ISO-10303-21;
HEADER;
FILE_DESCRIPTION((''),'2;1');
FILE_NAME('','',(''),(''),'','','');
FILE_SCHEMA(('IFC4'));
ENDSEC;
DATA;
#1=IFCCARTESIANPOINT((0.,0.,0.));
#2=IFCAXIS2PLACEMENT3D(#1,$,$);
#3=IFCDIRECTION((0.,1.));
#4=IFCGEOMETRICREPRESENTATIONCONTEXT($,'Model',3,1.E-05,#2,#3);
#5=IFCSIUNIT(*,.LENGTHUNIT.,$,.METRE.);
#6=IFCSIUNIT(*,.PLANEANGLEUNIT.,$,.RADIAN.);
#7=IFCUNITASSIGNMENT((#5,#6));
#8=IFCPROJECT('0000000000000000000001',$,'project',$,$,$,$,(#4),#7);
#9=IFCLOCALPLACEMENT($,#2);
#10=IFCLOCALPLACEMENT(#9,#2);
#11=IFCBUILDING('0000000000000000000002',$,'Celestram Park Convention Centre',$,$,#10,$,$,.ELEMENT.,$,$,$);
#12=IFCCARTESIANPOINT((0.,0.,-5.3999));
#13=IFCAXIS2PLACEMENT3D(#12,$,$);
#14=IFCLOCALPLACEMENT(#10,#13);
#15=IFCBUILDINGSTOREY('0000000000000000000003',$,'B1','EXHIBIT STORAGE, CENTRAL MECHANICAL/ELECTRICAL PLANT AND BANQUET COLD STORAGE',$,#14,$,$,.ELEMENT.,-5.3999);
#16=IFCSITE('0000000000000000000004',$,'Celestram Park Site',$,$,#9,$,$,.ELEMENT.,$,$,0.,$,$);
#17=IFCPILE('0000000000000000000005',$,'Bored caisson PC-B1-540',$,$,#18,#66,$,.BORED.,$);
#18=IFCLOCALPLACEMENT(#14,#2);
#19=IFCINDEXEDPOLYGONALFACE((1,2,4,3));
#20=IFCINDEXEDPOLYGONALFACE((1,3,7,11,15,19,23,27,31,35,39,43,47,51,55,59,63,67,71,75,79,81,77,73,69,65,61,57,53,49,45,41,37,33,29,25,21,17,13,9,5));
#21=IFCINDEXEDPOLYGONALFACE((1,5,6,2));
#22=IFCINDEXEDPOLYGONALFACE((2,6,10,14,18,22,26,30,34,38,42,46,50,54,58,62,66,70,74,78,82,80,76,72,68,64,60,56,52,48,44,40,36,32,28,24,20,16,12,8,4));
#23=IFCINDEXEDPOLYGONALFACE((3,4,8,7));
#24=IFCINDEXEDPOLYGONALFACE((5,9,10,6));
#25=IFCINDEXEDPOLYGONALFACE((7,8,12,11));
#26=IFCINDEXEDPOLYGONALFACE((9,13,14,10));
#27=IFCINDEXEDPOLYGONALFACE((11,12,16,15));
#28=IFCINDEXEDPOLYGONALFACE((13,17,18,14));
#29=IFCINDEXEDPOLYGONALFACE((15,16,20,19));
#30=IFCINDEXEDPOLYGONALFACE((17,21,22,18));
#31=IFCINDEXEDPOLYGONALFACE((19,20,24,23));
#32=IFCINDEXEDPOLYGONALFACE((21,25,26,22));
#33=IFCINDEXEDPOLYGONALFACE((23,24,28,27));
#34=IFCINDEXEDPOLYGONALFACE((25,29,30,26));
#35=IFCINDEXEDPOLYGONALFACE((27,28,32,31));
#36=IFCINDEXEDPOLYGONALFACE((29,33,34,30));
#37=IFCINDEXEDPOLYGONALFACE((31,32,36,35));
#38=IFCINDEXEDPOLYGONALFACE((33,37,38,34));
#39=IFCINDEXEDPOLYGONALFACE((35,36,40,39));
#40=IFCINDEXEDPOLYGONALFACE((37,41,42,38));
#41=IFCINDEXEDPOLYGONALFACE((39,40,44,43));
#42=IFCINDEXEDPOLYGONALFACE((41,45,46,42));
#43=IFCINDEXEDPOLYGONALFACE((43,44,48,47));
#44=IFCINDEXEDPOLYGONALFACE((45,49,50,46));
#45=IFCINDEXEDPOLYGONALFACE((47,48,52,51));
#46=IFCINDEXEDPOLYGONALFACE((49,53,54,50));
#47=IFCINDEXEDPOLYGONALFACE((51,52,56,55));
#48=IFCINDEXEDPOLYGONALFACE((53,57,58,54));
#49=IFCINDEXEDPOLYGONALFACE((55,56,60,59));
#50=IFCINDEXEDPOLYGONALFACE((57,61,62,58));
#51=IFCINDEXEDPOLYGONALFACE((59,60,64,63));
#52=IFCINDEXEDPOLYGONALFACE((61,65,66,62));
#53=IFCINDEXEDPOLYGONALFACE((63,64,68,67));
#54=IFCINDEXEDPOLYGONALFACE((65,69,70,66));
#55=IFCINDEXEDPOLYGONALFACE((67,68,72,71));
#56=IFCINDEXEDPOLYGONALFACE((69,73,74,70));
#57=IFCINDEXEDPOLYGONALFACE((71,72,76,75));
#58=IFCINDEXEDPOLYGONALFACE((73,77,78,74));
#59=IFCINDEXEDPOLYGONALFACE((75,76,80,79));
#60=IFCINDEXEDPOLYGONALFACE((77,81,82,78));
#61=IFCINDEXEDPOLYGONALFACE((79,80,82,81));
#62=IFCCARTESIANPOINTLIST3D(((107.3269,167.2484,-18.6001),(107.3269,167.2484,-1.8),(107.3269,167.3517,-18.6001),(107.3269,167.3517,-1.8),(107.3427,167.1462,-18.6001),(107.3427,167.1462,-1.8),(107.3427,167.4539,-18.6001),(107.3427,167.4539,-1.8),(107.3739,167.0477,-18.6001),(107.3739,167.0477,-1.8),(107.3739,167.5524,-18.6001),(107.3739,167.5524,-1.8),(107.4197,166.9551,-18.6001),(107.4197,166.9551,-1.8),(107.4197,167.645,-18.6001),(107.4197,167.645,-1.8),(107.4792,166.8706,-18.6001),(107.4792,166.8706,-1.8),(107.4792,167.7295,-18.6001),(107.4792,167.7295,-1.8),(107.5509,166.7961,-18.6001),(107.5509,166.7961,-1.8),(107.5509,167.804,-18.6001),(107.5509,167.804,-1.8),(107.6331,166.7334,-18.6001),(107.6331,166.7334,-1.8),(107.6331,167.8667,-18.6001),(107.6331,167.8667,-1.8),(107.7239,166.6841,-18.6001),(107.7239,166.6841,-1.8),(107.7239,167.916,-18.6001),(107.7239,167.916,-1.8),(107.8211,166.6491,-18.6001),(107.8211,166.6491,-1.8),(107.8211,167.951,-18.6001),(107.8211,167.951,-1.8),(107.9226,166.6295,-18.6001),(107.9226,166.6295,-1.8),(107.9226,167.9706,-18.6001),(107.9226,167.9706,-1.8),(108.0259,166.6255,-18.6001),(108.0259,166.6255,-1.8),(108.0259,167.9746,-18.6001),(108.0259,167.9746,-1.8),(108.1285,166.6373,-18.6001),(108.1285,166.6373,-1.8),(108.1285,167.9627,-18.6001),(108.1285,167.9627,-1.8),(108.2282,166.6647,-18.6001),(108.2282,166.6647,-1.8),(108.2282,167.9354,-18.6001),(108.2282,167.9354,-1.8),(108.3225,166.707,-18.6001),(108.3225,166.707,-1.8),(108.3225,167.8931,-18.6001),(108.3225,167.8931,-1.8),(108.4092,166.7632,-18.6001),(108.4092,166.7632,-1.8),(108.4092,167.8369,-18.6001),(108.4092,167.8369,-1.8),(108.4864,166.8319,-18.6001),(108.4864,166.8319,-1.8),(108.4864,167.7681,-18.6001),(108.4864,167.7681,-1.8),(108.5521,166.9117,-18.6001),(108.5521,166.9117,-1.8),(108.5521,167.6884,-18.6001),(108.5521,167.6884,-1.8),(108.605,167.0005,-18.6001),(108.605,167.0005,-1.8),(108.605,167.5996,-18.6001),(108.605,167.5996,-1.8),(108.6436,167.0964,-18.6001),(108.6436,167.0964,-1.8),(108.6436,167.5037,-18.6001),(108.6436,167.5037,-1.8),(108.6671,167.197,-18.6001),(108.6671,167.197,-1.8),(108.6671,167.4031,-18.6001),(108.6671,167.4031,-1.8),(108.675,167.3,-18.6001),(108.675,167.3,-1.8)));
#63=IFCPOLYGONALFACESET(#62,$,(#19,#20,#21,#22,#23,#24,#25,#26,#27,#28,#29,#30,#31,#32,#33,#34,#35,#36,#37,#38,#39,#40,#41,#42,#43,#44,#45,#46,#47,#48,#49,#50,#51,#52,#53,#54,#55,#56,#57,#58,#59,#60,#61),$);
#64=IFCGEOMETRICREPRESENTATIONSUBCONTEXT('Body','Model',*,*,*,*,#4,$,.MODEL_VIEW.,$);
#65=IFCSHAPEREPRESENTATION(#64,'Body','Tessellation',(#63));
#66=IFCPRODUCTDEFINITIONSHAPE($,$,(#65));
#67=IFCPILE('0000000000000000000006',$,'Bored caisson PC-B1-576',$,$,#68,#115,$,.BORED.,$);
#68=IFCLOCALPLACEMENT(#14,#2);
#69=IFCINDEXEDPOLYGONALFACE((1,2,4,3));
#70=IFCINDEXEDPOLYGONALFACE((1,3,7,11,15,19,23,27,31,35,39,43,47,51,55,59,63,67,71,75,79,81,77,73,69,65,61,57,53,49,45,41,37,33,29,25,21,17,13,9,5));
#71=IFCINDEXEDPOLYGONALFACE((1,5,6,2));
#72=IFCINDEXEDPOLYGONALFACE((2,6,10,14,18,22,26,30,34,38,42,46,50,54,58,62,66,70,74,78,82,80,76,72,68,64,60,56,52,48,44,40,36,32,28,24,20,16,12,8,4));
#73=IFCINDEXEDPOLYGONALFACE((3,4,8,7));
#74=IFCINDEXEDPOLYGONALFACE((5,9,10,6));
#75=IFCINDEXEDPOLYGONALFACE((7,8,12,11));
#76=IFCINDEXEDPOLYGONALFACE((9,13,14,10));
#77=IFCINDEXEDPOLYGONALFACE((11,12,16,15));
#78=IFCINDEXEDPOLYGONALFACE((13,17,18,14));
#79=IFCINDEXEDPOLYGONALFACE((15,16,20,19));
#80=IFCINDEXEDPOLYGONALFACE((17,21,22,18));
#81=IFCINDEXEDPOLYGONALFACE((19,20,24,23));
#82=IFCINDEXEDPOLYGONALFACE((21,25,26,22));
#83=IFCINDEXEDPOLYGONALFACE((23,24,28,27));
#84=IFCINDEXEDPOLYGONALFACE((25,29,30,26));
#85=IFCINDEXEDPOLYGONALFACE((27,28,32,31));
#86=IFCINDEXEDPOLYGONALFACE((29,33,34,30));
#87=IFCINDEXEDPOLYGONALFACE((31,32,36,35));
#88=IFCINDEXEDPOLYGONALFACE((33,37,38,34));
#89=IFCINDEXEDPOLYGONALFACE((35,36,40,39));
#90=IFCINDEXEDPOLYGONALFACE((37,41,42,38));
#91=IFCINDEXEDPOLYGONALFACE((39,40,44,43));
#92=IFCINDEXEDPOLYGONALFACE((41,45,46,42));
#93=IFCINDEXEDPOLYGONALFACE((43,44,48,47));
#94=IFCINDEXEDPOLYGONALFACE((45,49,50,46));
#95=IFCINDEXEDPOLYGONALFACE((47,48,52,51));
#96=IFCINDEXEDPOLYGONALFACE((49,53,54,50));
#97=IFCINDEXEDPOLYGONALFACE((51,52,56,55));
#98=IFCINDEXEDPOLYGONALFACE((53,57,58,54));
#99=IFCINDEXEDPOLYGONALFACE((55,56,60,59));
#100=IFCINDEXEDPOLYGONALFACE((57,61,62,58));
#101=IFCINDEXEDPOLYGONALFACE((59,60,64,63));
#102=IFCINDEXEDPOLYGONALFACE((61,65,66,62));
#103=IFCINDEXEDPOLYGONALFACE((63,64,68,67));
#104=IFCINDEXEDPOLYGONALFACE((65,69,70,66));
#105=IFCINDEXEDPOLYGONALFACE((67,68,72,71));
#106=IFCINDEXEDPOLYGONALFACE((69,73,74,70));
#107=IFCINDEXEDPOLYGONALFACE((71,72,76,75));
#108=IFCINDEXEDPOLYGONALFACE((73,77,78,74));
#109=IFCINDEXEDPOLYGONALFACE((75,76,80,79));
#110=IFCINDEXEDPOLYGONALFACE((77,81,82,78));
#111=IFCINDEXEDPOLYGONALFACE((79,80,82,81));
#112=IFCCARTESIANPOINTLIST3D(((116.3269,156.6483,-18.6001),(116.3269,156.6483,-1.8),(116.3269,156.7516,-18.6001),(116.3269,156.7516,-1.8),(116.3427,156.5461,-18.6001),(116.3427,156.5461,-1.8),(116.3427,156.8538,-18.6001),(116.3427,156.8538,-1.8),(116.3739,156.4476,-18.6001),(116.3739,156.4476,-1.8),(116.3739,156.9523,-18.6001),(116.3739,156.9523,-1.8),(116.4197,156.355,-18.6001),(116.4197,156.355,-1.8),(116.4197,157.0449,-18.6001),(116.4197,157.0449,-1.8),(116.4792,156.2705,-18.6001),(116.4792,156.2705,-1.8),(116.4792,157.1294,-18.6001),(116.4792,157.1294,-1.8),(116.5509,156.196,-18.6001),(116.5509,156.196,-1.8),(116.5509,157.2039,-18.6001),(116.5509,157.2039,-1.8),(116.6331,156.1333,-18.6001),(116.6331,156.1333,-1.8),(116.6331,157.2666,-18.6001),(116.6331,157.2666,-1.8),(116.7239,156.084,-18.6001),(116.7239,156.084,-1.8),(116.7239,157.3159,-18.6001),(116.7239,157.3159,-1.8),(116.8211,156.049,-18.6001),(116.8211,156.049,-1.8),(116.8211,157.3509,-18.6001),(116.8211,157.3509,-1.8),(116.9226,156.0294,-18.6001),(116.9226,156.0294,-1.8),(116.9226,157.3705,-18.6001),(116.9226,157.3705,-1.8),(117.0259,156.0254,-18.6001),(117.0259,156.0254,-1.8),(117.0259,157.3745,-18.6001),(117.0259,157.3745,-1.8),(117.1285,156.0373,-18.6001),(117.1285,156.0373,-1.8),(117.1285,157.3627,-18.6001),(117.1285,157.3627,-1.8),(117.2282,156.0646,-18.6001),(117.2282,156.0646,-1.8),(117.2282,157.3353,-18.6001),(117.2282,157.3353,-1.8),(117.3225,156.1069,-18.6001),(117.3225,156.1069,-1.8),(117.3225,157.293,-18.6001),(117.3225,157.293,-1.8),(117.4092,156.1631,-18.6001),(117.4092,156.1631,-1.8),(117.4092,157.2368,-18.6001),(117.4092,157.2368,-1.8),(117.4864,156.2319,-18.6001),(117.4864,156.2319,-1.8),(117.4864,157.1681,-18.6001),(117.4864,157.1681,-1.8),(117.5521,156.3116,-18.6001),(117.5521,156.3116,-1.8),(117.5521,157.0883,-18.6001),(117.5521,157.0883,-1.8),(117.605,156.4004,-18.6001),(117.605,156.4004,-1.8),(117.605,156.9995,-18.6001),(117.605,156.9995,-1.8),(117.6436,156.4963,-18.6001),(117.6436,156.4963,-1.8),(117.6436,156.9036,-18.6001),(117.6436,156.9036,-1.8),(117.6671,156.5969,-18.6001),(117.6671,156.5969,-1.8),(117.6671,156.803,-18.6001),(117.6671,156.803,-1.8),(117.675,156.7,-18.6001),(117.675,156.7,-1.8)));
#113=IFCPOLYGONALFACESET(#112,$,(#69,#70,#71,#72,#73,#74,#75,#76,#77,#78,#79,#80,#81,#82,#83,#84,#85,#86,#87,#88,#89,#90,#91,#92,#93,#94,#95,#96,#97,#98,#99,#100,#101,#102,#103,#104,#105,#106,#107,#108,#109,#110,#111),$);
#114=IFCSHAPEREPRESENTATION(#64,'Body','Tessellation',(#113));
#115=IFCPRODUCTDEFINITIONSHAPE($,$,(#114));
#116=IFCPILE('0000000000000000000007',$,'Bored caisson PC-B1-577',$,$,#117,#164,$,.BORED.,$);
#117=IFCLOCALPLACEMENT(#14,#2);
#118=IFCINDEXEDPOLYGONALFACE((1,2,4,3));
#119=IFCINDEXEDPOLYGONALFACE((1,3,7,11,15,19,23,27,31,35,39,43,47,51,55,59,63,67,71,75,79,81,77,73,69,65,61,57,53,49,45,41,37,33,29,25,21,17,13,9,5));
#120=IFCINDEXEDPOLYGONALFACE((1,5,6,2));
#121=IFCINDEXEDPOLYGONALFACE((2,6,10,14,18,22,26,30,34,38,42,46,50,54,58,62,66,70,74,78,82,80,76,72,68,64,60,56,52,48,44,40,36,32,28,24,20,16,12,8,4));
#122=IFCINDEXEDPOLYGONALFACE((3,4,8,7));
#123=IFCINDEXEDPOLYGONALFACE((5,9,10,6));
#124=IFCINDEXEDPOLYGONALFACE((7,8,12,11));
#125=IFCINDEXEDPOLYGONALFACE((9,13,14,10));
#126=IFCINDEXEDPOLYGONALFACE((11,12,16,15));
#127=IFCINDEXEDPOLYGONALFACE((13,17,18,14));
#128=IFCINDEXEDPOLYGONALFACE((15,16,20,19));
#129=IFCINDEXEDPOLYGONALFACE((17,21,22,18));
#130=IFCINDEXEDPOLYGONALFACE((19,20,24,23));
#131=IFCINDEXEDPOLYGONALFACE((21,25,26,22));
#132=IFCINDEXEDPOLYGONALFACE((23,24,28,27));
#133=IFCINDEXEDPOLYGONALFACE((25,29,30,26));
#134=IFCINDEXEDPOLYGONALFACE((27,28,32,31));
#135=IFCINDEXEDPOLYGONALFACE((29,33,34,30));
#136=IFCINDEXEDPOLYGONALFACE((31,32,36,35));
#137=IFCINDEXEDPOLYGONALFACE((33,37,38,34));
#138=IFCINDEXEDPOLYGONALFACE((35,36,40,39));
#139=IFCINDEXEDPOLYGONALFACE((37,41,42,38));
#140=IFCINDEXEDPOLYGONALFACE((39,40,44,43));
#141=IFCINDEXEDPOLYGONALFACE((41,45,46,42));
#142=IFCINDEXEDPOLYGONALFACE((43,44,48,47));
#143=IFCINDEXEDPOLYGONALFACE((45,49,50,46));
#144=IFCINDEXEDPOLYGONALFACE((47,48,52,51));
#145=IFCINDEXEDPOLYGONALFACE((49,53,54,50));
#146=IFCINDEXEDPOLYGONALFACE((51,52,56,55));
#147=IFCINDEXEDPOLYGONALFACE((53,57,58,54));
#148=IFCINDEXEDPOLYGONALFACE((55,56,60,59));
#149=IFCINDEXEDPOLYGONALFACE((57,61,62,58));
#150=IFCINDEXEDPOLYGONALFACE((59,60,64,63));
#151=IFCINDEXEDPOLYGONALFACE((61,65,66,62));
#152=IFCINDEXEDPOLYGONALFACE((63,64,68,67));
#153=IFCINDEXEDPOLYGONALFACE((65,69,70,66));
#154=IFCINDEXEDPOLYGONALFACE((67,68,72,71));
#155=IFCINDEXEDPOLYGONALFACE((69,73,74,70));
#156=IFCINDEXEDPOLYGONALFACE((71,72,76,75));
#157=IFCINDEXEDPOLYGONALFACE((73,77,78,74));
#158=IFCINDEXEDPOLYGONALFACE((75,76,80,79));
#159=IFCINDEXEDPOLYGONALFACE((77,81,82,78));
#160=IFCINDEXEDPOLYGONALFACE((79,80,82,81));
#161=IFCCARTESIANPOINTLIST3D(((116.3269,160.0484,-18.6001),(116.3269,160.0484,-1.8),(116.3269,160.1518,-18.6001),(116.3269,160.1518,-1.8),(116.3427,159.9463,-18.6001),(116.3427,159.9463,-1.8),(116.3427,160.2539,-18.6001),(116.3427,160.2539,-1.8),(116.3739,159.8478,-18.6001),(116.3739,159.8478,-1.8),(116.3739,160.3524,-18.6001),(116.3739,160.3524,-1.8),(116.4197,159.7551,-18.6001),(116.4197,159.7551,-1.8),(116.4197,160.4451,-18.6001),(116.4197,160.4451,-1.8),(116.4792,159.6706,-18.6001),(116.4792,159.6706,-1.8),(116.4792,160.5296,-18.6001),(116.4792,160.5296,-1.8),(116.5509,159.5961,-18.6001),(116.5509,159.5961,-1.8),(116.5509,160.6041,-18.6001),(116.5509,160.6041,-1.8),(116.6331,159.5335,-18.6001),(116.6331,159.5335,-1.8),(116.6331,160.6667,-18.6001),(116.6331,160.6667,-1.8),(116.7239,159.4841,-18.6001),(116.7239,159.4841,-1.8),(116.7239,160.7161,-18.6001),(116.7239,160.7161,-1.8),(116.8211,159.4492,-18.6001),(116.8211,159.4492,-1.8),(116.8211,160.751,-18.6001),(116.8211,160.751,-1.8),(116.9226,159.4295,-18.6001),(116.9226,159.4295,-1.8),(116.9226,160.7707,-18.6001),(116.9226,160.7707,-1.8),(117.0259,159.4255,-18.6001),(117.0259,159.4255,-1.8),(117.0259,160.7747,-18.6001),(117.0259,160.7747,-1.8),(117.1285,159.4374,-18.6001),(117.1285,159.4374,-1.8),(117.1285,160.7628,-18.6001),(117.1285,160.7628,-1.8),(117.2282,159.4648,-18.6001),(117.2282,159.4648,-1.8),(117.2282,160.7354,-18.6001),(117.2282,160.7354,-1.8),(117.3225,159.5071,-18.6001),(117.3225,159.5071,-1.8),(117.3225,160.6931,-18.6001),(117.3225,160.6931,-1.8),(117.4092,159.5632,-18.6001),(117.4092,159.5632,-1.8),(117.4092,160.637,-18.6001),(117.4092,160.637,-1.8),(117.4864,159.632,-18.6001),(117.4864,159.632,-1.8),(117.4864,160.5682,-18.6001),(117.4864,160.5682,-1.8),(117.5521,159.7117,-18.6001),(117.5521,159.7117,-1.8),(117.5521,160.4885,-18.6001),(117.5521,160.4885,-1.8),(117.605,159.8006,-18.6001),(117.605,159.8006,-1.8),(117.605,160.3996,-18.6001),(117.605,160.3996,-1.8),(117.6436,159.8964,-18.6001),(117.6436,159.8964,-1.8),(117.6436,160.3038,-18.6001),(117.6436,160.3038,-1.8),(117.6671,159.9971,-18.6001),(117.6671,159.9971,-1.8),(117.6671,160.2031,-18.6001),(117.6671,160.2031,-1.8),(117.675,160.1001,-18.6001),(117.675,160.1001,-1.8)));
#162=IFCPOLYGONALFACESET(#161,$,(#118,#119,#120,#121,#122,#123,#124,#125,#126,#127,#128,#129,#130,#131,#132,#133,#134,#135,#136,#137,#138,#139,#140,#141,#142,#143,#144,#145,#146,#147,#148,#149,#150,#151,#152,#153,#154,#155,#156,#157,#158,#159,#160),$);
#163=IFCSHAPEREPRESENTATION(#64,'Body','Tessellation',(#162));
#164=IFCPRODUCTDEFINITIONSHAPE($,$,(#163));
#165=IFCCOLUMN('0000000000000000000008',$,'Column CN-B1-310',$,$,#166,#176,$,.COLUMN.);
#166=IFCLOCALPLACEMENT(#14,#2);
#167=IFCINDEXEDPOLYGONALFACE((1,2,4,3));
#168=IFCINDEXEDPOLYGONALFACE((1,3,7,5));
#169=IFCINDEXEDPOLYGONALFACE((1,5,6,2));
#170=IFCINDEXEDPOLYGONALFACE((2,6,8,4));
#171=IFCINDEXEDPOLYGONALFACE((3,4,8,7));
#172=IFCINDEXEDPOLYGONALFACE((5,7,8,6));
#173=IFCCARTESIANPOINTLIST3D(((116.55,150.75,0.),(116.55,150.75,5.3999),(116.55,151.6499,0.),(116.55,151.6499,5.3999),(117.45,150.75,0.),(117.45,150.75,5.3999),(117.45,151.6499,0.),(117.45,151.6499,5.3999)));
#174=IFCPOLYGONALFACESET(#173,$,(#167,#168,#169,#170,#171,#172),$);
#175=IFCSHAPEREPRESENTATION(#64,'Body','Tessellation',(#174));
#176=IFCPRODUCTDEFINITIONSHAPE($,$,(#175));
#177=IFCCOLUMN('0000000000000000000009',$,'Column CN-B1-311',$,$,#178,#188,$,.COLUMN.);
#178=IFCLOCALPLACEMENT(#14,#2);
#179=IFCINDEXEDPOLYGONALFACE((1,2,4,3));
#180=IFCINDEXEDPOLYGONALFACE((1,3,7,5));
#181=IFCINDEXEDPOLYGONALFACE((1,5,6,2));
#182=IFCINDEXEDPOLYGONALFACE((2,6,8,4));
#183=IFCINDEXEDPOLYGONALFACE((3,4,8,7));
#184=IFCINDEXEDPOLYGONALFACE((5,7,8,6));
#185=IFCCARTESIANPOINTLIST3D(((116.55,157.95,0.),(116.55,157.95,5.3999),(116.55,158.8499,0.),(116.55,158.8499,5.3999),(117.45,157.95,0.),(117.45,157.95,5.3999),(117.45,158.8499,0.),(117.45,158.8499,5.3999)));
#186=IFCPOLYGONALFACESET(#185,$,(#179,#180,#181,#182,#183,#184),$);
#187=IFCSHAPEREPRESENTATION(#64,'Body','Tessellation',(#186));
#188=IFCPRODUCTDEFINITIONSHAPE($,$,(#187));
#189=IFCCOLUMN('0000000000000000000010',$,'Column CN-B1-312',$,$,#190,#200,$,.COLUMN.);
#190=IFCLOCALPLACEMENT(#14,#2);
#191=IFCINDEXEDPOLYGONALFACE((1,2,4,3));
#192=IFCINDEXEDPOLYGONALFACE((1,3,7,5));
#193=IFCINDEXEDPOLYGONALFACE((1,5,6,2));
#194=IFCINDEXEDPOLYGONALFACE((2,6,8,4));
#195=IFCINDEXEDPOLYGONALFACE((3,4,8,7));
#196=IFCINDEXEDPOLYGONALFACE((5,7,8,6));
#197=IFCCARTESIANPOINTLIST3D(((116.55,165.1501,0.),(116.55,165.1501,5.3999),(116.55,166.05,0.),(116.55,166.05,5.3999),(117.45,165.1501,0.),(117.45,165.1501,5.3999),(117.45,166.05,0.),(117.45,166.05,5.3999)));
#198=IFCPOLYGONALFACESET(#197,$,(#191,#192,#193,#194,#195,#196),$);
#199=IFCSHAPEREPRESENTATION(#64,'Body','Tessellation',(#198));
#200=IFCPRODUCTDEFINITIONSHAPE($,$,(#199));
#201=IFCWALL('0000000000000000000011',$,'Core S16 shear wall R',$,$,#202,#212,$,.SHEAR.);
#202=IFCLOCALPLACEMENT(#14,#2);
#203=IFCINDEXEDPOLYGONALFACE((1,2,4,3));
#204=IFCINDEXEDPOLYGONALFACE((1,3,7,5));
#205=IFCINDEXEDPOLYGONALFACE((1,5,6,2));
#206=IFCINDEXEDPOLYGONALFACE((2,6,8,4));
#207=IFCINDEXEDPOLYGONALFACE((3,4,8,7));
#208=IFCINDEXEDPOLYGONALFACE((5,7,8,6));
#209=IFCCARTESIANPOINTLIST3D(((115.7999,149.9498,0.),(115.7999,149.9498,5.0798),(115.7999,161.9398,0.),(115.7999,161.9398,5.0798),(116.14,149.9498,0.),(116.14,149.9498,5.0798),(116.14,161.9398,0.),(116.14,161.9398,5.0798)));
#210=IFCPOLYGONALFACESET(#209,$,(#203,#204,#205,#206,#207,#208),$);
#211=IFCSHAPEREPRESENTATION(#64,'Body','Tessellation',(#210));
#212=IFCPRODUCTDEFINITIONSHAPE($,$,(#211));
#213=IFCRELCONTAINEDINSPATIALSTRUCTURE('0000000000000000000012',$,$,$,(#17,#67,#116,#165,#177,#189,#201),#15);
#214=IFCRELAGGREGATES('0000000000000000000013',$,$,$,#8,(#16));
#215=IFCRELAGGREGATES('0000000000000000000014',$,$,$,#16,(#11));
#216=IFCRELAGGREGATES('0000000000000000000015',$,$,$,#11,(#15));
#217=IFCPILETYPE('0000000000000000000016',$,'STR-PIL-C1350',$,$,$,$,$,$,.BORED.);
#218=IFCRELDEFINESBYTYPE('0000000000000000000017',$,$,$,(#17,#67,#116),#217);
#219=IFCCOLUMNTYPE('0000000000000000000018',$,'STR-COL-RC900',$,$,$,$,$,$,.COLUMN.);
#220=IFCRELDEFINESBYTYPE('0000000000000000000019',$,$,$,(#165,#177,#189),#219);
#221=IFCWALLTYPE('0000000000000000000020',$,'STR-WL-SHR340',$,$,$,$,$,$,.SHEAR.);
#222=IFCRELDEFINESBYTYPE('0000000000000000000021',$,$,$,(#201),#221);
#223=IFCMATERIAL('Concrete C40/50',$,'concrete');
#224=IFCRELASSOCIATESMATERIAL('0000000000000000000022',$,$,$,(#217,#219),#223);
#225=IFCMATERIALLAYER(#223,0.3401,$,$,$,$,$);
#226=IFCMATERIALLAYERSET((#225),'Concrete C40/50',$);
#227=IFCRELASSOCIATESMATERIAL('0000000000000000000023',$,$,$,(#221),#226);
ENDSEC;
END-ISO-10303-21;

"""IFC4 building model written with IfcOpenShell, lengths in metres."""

from ifc_helpers import new_model, si_unit, direction, frame, frame_2d, origin, origin_2d, place, context, subcontext, project, spatial, rectangle, circle, extrude, material, layer, layer_set, material_profile, profile_set, type_object, element, save


model = new_model("IFC4")

# Units and contexts
model_context = context("Model", 3, precision=1e-05, world=origin(), true_north=direction((0.0, 1.0)))
body_context = subcontext(model_context, "Body", "Model", "MODEL_VIEW")
ifc_project = project(units=[si_unit("LENGTHUNIT", "METRE"), si_unit("PLANEANGLEUNIT", "RADIAN")], contexts=[model_context])

# Site, building, storey
site_placement = place(None, origin())
site = spatial("IfcSite", under=ifc_project, at=site_placement, Name="Celestram Park Site", CompositionType="ELEMENT", RefElevation=0.0)
building_placement = place(site_placement, origin())
building = spatial("IfcBuilding", under=site, at=building_placement, Name="Celestram Park Convention Centre", CompositionType="ELEMENT")
storey_placement = place(building_placement, frame((0.0, 0.0, -5.3999)))
storey = spatial("IfcBuildingStorey", under=building, at=storey_placement, Name="B1", Description="EXHIBIT STORAGE, CENTRAL MECHANICAL/ELECTRICAL PLANT AND BANQUET COLD STORAGE", CompositionType="ELEMENT", Elevation=-5.3999)

# Shared definitions
ifc_material_1 = material(Name="Concrete C40/50", Category="concrete")

# Piles
ifc_material_profile_1 = material_profile(ifc_material_1, circle(Radius=0.675, at=origin_2d()), Name="CAISSON1350")
ifc_profile_set_1 = profile_set([ifc_material_profile_1], Name="Concrete C40/50")
pile_type_1 = type_object("IfcPileType", Name="STR-PIL-C1350", PredefinedType="BORED", material=ifc_profile_set_1)
for number, where, z_axis, x_axis, name in (
    (1, (108.0, 167.3, -1.8), (0.0, 0.0, -1.0), (1.0, 0.0, 0.0), "Bored caisson PC-B1-540"),
    (2, (117.0, 156.7, -1.8), (0.0, 0.0, -1.0), (1.0, 0.0, 0.0), "Bored caisson PC-B1-576"),
    (3, (117.0, 160.1001, -1.8), (0.0, 0.0, -1.0), (1.0, 0.0, 0.0), "Bored caisson PC-B1-577"),
):
    element("IfcPile", number, at=place(storey_placement, frame(where, z_axis=z_axis, x_axis=x_axis)), inside=storey, type_object=pile_type_1, Name=name, PredefinedType="BORED", context=body_context, shape_type="SweptSolid", body=[
        extrude(circle(Radius=0.675, at=origin_2d()), origin(), (0.0, 0.0, 1.0), 16.8),
    ])

# Columns
ifc_material_profile_2 = material_profile(ifc_material_1, rectangle(XDim=0.8999, YDim=0.8999, at=origin_2d()), Name="RC900X900")
ifc_profile_set_2 = profile_set([ifc_material_profile_2], Name="Concrete C40/50")
column_type = type_object("IfcColumnType", Name="STR-COL-RC900", PredefinedType="COLUMN", material=ifc_profile_set_2)
for number, where, z_axis, x_axis, name in (
    (4, (117.0, 151.2, 0.0), (0.0, 0.0, 1.0), (1.0, 0.0, 0.0), "Column CN-B1-310"),
    (5, (117.0, 158.3999, 0.0), (0.0, 0.0, 1.0), (1.0, 0.0, 0.0), "Column CN-B1-311"),
    (6, (117.0, 165.6001, 0.0), (0.0, 0.0, 1.0), (1.0, 0.0, 0.0), "Column CN-B1-312"),
):
    element("IfcColumn", number, at=place(storey_placement, frame(where, z_axis=z_axis, x_axis=x_axis)), inside=storey, type_object=column_type, Name=name, PredefinedType="COLUMN", context=body_context, shape_type="SweptSolid", body=[
        extrude(rectangle(XDim=0.8999, YDim=0.8999, at=origin_2d()), origin(), (0.0, 0.0, 1.0), 5.3999),
    ])

# Wall
ifc_layer = layer(ifc_material_1, 0.3401)
ifc_layer_set = layer_set([ifc_layer], Name="Concrete C40/50")
wall_type = type_object("IfcWallType", Name="STR-WL-SHR340", PredefinedType="SHEAR", material=ifc_layer_set)
wall_1_placement = place(storey_placement, frame((115.97, 161.9399, 0.0), z_axis=(0.0, 0.0, 1.0), x_axis=(0.0, -1.0, 0.0)))
element("IfcWall", 7, at=wall_1_placement, inside=storey, type_object=wall_type, Name="Core S16 shear wall R", PredefinedType="SHEAR", context=body_context, shape_type="SweptSolid", body=[
    extrude(rectangle(XDim=11.99, YDim=0.3401, at=frame_2d((5.9951, 0.0))), origin(), (0.0, 0.0, 1.0), 5.0798),
])

save(model, "model.ifc")
